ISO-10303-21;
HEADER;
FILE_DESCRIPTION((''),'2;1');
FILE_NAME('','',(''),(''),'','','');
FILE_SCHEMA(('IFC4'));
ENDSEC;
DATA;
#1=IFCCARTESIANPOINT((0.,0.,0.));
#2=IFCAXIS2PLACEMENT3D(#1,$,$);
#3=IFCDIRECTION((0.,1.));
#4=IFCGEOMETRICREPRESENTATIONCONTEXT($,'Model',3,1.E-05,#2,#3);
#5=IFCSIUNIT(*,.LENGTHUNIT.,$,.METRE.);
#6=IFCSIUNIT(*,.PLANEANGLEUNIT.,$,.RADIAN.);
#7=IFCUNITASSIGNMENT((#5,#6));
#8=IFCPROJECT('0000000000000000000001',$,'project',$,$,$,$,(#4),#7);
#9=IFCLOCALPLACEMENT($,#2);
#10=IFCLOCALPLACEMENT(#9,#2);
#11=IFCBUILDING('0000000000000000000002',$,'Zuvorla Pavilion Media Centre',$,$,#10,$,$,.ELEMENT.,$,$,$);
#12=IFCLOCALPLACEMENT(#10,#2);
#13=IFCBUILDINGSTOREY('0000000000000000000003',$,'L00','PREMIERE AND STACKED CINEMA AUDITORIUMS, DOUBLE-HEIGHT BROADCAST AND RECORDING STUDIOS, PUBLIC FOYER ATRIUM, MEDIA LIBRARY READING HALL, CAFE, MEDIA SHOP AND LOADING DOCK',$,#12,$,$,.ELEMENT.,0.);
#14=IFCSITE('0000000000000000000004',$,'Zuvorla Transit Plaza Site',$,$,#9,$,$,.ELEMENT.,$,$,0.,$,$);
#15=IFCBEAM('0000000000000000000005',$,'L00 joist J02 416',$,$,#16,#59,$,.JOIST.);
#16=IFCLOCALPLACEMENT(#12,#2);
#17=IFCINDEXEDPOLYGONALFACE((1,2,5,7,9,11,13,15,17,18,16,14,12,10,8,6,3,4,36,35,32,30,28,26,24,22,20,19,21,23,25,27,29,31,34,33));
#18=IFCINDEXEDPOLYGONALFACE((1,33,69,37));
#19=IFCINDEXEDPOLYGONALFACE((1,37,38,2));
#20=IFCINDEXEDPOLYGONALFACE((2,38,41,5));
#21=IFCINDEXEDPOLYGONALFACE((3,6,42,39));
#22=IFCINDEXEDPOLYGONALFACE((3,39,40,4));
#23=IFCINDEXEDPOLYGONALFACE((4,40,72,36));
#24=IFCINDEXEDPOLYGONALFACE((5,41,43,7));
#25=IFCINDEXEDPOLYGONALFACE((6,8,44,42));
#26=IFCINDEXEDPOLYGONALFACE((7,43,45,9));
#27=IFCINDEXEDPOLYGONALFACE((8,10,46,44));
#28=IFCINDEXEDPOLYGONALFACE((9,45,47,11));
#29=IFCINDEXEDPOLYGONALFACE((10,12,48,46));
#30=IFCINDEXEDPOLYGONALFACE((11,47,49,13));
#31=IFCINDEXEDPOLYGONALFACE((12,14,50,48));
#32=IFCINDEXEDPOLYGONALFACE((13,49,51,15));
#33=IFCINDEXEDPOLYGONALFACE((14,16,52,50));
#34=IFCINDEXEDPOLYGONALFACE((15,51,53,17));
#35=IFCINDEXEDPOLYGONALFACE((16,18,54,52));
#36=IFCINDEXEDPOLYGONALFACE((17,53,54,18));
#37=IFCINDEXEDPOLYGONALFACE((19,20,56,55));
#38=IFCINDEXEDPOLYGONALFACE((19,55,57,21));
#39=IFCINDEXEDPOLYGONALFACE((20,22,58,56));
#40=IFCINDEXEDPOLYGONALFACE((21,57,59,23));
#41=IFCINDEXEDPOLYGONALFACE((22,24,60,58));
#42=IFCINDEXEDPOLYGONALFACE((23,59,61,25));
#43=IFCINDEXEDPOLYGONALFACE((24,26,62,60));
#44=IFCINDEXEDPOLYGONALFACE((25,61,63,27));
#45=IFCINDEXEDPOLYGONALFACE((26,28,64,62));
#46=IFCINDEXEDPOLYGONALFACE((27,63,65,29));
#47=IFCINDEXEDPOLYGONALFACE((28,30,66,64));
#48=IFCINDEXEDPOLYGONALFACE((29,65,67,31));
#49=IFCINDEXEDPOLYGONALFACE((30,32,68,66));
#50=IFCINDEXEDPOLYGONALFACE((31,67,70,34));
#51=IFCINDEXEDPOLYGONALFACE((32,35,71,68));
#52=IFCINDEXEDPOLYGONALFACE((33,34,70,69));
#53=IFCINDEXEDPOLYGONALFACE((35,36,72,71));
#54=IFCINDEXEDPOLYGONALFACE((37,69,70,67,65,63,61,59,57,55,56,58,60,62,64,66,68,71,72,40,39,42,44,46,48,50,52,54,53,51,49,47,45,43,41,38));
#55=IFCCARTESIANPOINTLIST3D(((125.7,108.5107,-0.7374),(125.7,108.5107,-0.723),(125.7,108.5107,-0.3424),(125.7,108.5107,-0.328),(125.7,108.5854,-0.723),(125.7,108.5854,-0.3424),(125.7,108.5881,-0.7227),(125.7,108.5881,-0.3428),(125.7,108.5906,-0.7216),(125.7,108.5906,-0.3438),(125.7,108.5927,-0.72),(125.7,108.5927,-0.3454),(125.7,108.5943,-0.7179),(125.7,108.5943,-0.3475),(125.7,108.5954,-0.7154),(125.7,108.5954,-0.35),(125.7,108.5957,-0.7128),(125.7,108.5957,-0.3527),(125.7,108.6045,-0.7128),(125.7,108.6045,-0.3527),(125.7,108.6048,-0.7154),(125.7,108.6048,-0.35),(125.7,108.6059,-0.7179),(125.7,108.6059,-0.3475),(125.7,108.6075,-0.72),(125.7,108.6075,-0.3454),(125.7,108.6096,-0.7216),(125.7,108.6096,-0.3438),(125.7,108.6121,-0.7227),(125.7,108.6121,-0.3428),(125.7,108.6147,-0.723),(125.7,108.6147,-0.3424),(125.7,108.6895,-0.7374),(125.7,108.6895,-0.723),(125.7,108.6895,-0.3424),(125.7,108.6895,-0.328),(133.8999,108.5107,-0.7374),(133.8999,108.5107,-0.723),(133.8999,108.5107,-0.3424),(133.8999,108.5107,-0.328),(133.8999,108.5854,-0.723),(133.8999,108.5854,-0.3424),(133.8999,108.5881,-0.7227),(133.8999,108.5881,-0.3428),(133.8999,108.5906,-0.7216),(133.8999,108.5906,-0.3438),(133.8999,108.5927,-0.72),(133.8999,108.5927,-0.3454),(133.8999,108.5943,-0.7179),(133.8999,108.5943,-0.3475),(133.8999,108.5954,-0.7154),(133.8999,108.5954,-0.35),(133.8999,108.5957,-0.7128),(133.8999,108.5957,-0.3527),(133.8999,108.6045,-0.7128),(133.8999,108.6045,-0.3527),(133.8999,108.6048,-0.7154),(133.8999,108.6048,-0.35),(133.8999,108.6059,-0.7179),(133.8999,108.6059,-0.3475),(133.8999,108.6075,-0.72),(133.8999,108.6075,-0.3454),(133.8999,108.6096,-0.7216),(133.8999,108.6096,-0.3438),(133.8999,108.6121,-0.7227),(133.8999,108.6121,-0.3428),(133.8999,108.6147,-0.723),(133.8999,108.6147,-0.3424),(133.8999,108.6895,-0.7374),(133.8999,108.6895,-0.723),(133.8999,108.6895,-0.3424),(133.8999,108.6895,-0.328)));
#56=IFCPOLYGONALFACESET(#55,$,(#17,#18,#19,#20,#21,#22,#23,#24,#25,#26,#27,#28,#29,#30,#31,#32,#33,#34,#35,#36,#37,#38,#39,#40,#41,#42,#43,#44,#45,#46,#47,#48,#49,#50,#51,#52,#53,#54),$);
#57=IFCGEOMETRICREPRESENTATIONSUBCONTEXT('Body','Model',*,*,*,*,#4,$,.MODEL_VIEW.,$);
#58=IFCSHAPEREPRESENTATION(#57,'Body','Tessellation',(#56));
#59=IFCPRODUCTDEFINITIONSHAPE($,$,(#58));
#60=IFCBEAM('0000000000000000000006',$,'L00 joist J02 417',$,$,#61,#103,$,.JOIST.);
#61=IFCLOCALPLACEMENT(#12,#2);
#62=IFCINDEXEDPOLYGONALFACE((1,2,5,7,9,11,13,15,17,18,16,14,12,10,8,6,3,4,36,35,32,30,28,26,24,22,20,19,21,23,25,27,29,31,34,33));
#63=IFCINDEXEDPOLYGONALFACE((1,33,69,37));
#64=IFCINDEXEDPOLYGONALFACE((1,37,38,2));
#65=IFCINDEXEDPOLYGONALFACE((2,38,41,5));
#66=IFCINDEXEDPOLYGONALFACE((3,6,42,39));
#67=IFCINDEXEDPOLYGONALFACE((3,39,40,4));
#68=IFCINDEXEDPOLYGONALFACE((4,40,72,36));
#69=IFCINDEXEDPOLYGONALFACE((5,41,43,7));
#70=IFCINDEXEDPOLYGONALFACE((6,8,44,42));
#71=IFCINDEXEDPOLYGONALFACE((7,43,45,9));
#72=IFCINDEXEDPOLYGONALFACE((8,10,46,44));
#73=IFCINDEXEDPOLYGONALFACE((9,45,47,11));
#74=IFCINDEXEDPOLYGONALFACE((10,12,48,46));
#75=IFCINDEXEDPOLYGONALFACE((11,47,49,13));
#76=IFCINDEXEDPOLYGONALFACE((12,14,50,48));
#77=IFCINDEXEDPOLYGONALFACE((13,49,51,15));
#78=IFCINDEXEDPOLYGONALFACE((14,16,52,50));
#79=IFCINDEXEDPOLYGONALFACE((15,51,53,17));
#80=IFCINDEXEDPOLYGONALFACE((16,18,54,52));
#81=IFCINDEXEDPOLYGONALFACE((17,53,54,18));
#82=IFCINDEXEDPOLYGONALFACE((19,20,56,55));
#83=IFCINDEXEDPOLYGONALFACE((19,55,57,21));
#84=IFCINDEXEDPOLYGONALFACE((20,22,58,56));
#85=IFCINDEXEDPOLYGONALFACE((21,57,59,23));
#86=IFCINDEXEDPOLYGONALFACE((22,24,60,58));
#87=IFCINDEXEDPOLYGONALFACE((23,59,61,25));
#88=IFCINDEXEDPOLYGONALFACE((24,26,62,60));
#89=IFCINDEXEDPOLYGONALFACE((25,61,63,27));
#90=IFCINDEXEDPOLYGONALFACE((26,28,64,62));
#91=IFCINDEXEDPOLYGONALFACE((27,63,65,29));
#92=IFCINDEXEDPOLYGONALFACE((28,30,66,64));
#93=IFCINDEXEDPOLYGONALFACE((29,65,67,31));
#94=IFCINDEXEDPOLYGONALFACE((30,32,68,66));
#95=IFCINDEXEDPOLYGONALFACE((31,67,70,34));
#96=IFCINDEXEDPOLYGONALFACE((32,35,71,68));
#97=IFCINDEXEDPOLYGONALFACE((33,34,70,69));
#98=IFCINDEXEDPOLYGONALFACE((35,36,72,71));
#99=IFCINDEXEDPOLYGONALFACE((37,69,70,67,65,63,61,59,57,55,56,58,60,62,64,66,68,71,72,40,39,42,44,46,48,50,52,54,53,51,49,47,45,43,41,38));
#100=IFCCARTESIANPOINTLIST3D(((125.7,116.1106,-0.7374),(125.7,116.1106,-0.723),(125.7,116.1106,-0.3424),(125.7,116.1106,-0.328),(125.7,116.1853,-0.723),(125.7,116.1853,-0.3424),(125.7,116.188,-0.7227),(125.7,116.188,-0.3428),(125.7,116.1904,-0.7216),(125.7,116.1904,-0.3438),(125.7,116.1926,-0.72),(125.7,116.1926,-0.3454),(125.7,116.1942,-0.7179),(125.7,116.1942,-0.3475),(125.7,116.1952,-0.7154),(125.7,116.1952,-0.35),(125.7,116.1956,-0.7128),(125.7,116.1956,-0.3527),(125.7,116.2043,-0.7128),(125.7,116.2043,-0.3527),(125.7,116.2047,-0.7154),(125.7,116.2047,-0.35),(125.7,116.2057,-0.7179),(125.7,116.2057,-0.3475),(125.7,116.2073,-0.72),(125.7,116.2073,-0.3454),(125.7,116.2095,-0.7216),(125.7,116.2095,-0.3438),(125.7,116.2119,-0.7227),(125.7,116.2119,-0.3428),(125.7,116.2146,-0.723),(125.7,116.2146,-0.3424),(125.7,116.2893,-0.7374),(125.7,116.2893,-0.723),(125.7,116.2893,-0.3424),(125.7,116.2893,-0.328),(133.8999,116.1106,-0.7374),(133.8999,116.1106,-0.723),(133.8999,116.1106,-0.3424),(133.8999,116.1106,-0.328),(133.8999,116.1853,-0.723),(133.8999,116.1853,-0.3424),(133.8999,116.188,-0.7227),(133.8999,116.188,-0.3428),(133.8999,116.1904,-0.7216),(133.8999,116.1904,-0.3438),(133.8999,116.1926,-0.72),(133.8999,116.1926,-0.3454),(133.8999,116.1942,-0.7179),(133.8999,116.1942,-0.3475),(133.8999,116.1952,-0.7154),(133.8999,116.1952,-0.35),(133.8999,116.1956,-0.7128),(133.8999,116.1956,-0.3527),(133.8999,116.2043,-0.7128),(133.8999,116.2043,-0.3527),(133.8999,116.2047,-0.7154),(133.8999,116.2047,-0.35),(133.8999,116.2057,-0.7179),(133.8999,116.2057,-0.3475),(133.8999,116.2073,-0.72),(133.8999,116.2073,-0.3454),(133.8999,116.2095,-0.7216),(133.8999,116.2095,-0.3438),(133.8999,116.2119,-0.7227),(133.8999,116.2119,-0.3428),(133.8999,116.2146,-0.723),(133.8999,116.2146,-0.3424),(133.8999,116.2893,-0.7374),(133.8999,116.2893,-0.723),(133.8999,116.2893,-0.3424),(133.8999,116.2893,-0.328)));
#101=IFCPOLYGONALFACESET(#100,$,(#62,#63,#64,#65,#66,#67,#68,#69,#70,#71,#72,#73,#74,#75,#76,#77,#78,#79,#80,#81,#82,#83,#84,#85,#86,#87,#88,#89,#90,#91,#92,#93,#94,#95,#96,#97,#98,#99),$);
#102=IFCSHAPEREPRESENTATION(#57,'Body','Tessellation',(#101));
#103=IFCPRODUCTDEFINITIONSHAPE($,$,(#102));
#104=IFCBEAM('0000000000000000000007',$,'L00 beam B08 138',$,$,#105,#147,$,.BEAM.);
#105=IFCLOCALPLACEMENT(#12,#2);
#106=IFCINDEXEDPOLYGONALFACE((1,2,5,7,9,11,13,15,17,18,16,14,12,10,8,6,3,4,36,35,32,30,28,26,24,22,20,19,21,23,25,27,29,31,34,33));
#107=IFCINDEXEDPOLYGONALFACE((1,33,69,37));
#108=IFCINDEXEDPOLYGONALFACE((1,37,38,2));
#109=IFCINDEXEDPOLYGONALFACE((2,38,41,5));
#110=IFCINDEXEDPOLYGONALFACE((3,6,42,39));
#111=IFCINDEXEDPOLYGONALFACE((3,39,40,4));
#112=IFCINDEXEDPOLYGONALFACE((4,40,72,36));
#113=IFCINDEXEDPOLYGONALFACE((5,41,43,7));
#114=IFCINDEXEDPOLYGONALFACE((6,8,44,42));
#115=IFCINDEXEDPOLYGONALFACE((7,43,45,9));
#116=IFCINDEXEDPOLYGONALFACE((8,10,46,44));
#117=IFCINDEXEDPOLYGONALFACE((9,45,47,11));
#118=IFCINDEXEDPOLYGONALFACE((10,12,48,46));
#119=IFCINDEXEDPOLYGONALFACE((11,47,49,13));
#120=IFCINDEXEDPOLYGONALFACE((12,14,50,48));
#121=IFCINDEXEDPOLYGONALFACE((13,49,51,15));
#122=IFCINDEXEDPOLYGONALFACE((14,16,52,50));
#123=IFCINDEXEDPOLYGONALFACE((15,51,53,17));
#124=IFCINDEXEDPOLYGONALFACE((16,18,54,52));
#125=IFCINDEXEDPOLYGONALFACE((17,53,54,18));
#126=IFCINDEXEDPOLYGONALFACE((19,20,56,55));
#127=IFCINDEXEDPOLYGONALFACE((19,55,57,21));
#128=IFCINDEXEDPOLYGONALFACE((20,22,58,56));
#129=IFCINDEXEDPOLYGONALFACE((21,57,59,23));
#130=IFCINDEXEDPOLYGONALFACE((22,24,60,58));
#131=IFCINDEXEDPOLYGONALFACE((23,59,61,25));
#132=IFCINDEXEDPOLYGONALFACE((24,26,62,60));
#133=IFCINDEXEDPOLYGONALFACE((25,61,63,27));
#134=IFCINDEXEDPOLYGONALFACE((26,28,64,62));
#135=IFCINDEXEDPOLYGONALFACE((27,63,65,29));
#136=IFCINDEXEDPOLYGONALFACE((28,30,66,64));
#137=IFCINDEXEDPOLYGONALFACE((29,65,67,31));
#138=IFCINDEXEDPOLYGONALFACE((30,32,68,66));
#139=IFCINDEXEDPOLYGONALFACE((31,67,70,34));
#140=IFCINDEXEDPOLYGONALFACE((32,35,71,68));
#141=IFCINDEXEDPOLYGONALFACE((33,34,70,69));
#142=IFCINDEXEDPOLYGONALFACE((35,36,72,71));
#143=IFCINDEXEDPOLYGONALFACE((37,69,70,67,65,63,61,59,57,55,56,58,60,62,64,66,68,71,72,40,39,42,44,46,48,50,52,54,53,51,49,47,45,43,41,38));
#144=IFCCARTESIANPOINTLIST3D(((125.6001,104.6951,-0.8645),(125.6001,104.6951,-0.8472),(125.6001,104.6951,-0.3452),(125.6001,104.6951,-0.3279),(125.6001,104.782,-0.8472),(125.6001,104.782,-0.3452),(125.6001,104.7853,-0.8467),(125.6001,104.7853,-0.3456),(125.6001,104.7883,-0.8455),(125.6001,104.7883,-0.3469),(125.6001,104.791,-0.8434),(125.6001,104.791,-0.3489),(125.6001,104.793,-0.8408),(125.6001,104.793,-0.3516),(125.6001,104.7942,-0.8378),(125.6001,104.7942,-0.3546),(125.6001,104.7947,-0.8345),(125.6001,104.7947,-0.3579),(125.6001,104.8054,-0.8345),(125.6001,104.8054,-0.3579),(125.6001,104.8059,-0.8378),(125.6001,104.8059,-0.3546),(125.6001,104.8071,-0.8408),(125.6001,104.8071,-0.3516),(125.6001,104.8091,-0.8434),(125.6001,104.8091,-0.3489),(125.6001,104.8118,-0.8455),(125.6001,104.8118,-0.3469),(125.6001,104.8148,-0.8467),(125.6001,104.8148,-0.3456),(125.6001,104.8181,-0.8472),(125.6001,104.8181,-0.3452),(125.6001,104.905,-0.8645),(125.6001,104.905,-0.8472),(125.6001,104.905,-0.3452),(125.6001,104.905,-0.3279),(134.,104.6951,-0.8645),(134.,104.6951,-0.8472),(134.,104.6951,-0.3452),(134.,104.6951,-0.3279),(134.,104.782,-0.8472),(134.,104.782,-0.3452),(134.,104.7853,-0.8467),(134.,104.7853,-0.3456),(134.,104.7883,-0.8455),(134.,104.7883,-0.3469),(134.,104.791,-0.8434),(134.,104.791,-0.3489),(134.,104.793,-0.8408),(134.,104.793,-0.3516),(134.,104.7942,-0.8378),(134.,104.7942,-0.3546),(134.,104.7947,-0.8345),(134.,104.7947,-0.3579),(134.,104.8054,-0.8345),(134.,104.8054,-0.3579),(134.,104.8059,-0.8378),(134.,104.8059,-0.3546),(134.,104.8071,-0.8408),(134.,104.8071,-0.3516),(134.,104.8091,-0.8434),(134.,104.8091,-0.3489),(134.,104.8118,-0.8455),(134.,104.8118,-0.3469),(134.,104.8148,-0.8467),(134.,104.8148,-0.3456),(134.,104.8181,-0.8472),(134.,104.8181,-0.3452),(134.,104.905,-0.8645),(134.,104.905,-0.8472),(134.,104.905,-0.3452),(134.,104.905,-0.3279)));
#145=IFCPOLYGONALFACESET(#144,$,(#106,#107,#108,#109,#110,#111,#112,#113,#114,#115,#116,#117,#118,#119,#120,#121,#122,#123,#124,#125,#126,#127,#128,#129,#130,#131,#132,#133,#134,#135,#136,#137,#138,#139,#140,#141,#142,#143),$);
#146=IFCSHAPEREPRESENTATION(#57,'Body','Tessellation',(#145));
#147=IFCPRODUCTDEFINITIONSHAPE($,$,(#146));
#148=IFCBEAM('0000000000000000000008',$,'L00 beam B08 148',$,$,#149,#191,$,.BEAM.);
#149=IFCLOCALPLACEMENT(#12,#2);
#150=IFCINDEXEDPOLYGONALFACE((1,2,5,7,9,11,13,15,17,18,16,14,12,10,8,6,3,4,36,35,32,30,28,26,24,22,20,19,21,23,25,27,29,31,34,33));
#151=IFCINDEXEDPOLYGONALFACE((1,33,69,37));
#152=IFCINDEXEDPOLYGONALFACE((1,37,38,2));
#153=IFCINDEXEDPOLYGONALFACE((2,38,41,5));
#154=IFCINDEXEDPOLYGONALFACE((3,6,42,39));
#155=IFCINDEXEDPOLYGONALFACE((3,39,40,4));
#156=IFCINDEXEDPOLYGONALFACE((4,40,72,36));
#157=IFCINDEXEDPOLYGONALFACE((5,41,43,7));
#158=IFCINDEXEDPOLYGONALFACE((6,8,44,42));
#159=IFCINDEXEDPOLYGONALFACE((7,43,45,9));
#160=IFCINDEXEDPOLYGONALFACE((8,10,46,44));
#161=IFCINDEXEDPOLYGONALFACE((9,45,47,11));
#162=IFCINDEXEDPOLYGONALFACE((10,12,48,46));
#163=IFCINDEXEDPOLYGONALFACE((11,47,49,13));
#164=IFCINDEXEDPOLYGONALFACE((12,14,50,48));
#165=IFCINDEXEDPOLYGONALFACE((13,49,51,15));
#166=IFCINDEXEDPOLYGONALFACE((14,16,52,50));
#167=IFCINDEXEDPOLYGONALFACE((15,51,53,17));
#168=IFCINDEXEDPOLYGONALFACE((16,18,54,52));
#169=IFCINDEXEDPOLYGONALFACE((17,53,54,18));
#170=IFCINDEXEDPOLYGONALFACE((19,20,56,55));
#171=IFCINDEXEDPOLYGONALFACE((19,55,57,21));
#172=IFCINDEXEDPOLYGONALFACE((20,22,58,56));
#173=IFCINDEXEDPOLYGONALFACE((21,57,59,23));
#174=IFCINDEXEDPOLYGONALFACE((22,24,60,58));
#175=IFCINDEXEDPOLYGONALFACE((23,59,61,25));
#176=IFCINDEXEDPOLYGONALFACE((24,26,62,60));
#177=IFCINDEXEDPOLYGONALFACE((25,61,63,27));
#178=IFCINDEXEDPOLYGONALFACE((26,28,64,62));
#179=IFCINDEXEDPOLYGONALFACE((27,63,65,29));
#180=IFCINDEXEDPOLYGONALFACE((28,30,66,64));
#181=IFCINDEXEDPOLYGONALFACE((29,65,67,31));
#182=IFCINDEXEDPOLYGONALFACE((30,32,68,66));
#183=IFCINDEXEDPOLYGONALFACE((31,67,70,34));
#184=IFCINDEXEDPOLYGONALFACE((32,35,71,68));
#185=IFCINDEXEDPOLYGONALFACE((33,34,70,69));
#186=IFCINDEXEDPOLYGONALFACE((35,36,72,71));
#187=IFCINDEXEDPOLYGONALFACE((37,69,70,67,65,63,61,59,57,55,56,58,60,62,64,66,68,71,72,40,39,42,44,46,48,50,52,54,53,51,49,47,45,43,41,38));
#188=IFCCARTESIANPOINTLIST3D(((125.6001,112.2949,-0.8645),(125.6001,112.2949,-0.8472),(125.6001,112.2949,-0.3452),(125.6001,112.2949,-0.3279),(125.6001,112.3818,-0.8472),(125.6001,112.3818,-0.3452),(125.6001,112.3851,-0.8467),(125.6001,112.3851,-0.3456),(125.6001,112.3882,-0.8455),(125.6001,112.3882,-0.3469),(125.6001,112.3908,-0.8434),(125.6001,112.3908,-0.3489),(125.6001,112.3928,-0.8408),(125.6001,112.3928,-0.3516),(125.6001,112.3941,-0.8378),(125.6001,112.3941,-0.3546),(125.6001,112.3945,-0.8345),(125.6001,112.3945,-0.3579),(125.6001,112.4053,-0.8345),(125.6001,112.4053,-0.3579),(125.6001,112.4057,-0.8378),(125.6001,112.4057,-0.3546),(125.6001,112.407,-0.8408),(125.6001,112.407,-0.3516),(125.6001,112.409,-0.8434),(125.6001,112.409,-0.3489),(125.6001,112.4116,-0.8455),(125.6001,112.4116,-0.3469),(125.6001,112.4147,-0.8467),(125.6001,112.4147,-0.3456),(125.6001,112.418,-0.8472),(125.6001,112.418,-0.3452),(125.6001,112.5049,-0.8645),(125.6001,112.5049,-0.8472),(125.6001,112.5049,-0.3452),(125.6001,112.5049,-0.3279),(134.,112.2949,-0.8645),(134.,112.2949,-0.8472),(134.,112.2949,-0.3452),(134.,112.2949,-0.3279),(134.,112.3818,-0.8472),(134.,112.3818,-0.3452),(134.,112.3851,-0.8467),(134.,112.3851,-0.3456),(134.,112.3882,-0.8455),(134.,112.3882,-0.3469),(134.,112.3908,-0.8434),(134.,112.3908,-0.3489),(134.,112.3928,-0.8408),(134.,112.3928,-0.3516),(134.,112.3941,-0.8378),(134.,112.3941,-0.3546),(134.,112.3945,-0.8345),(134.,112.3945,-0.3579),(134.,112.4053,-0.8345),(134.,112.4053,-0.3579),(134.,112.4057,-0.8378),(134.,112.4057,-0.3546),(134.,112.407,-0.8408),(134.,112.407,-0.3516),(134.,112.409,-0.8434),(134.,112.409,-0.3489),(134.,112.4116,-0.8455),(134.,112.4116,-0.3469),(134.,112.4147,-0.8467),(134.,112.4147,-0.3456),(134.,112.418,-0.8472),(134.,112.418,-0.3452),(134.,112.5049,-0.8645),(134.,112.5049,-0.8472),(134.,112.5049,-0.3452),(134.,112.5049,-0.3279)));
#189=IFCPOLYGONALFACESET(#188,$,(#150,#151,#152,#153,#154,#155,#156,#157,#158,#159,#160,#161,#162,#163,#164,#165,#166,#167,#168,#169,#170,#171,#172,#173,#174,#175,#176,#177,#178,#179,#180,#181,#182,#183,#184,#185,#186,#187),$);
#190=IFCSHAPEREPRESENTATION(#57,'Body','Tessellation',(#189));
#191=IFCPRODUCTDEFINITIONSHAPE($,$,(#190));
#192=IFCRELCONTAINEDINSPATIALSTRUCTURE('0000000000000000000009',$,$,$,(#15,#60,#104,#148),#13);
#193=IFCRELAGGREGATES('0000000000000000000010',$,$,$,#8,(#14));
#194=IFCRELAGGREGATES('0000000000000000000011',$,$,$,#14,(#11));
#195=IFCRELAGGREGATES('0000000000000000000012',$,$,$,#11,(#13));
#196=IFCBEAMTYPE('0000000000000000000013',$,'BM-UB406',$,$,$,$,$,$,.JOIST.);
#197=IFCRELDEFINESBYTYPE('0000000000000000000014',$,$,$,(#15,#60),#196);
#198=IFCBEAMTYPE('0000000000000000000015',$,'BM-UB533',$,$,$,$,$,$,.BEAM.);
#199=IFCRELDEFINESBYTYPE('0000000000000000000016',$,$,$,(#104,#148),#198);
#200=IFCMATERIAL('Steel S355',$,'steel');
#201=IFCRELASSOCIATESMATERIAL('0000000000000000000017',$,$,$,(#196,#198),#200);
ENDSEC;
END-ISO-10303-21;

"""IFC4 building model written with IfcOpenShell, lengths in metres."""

from ifc_helpers import new_model, si_unit, direction, frame, origin, origin_2d, place, context, subcontext, project, spatial, i_section, extrude, material, material_profile, profile_set, type_object, element, save


model = new_model("IFC4")

# Units and contexts
model_context = context("Model", 3, precision=1e-05, world=origin(), true_north=direction((0.0, 1.0)))
body_context = subcontext(model_context, "Body", "Model", "MODEL_VIEW")
ifc_project = project(units=[si_unit("LENGTHUNIT", "METRE"), si_unit("PLANEANGLEUNIT", "RADIAN")], contexts=[model_context])

# Site, building, storey
site_placement = place(None, origin())
site = spatial("IfcSite", under=ifc_project, at=site_placement, Name="Zuvorla Transit Plaza Site", CompositionType="ELEMENT", RefElevation=0.0)
building_placement = place(site_placement, origin())
building = spatial("IfcBuilding", under=site, at=building_placement, Name="Zuvorla Pavilion Media Centre", CompositionType="ELEMENT")
storey_placement = place(building_placement, origin())
storey = spatial("IfcBuildingStorey", under=building, at=storey_placement, Name="L00", Description="PREMIERE AND STACKED CINEMA AUDITORIUMS, DOUBLE-HEIGHT BROADCAST AND RECORDING STUDIOS, PUBLIC FOYER ATRIUM, MEDIA LIBRARY READING HALL, CAFE, MEDIA SHOP AND LOADING DOCK", CompositionType="ELEMENT", Elevation=0.0)

# Beams
ifc_material_1 = material(Name="Steel S355", Category="steel")
ifc_material_profile_1 = material_profile(ifc_material_1, i_section(OverallWidth=0.1787, OverallDepth=0.4094, WebThickness=0.0088, FlangeThickness=0.0144, FilletRadius=0.0103, at=origin_2d()), Name="UB 406x178x67")
ifc_profile_set_1 = profile_set([ifc_material_profile_1], Name="Steel S355")
beam_type_1 = type_object("IfcBeamType", Name="BM-UB406", PredefinedType="JOIST", material=ifc_profile_set_1)
for number, where, z_axis, x_axis, name in (
    (1, (125.7, 108.6001, -0.5327), (1.0, 0.0, 0.0), (0.0, 1.0, 0.0), "L00 joist J02 416"),
    (2, (125.7, 116.2, -0.5327), (1.0, 0.0, 0.0), (0.0, 1.0, 0.0), "L00 joist J02 417"),
):
    element("IfcBeam", number, at=place(storey_placement, frame(where, z_axis=z_axis, x_axis=x_axis)), inside=storey, type_object=beam_type_1, Name=name, PredefinedType="JOIST", context=body_context, shape_type="SweptSolid", body=[
        extrude(i_section(OverallWidth=0.1787, OverallDepth=0.4094, WebThickness=0.0088, FlangeThickness=0.0144, FilletRadius=0.0103, at=origin_2d()), origin(), (0.0, 0.0, 1.0), 8.2),
    ])
ifc_material_profile_2 = material_profile(ifc_material_1, i_section(OverallWidth=0.21, OverallDepth=0.5366, WebThickness=0.0107, FlangeThickness=0.0173, FilletRadius=0.0127, at=origin_2d()), Name="UB 533x210x101")
ifc_profile_set_2 = profile_set([ifc_material_profile_2], Name="Steel S355")
beam_type_2 = type_object("IfcBeamType", Name="BM-UB533", PredefinedType="BEAM", material=ifc_profile_set_2)
for number, where, z_axis, x_axis, name in (
    (3, (125.6001, 104.8, -0.5962), (1.0, 0.0, 0.0), (0.0, 1.0, 0.0), "L00 beam B08 138"),
    (4, (125.6001, 112.3999, -0.5962), (1.0, 0.0, 0.0), (0.0, 1.0, 0.0), "L00 beam B08 148"),
):
    element("IfcBeam", number, at=place(storey_placement, frame(where, z_axis=z_axis, x_axis=x_axis)), inside=storey, type_object=beam_type_2, Name=name, PredefinedType="BEAM", context=body_context, shape_type="SweptSolid", body=[
        extrude(i_section(OverallWidth=0.21, OverallDepth=0.5366, WebThickness=0.0107, FlangeThickness=0.0173, FilletRadius=0.0127, at=origin_2d()), origin(), (0.0, 0.0, 1.0), 8.3999),
    ])

save(model, "model.ifc")
